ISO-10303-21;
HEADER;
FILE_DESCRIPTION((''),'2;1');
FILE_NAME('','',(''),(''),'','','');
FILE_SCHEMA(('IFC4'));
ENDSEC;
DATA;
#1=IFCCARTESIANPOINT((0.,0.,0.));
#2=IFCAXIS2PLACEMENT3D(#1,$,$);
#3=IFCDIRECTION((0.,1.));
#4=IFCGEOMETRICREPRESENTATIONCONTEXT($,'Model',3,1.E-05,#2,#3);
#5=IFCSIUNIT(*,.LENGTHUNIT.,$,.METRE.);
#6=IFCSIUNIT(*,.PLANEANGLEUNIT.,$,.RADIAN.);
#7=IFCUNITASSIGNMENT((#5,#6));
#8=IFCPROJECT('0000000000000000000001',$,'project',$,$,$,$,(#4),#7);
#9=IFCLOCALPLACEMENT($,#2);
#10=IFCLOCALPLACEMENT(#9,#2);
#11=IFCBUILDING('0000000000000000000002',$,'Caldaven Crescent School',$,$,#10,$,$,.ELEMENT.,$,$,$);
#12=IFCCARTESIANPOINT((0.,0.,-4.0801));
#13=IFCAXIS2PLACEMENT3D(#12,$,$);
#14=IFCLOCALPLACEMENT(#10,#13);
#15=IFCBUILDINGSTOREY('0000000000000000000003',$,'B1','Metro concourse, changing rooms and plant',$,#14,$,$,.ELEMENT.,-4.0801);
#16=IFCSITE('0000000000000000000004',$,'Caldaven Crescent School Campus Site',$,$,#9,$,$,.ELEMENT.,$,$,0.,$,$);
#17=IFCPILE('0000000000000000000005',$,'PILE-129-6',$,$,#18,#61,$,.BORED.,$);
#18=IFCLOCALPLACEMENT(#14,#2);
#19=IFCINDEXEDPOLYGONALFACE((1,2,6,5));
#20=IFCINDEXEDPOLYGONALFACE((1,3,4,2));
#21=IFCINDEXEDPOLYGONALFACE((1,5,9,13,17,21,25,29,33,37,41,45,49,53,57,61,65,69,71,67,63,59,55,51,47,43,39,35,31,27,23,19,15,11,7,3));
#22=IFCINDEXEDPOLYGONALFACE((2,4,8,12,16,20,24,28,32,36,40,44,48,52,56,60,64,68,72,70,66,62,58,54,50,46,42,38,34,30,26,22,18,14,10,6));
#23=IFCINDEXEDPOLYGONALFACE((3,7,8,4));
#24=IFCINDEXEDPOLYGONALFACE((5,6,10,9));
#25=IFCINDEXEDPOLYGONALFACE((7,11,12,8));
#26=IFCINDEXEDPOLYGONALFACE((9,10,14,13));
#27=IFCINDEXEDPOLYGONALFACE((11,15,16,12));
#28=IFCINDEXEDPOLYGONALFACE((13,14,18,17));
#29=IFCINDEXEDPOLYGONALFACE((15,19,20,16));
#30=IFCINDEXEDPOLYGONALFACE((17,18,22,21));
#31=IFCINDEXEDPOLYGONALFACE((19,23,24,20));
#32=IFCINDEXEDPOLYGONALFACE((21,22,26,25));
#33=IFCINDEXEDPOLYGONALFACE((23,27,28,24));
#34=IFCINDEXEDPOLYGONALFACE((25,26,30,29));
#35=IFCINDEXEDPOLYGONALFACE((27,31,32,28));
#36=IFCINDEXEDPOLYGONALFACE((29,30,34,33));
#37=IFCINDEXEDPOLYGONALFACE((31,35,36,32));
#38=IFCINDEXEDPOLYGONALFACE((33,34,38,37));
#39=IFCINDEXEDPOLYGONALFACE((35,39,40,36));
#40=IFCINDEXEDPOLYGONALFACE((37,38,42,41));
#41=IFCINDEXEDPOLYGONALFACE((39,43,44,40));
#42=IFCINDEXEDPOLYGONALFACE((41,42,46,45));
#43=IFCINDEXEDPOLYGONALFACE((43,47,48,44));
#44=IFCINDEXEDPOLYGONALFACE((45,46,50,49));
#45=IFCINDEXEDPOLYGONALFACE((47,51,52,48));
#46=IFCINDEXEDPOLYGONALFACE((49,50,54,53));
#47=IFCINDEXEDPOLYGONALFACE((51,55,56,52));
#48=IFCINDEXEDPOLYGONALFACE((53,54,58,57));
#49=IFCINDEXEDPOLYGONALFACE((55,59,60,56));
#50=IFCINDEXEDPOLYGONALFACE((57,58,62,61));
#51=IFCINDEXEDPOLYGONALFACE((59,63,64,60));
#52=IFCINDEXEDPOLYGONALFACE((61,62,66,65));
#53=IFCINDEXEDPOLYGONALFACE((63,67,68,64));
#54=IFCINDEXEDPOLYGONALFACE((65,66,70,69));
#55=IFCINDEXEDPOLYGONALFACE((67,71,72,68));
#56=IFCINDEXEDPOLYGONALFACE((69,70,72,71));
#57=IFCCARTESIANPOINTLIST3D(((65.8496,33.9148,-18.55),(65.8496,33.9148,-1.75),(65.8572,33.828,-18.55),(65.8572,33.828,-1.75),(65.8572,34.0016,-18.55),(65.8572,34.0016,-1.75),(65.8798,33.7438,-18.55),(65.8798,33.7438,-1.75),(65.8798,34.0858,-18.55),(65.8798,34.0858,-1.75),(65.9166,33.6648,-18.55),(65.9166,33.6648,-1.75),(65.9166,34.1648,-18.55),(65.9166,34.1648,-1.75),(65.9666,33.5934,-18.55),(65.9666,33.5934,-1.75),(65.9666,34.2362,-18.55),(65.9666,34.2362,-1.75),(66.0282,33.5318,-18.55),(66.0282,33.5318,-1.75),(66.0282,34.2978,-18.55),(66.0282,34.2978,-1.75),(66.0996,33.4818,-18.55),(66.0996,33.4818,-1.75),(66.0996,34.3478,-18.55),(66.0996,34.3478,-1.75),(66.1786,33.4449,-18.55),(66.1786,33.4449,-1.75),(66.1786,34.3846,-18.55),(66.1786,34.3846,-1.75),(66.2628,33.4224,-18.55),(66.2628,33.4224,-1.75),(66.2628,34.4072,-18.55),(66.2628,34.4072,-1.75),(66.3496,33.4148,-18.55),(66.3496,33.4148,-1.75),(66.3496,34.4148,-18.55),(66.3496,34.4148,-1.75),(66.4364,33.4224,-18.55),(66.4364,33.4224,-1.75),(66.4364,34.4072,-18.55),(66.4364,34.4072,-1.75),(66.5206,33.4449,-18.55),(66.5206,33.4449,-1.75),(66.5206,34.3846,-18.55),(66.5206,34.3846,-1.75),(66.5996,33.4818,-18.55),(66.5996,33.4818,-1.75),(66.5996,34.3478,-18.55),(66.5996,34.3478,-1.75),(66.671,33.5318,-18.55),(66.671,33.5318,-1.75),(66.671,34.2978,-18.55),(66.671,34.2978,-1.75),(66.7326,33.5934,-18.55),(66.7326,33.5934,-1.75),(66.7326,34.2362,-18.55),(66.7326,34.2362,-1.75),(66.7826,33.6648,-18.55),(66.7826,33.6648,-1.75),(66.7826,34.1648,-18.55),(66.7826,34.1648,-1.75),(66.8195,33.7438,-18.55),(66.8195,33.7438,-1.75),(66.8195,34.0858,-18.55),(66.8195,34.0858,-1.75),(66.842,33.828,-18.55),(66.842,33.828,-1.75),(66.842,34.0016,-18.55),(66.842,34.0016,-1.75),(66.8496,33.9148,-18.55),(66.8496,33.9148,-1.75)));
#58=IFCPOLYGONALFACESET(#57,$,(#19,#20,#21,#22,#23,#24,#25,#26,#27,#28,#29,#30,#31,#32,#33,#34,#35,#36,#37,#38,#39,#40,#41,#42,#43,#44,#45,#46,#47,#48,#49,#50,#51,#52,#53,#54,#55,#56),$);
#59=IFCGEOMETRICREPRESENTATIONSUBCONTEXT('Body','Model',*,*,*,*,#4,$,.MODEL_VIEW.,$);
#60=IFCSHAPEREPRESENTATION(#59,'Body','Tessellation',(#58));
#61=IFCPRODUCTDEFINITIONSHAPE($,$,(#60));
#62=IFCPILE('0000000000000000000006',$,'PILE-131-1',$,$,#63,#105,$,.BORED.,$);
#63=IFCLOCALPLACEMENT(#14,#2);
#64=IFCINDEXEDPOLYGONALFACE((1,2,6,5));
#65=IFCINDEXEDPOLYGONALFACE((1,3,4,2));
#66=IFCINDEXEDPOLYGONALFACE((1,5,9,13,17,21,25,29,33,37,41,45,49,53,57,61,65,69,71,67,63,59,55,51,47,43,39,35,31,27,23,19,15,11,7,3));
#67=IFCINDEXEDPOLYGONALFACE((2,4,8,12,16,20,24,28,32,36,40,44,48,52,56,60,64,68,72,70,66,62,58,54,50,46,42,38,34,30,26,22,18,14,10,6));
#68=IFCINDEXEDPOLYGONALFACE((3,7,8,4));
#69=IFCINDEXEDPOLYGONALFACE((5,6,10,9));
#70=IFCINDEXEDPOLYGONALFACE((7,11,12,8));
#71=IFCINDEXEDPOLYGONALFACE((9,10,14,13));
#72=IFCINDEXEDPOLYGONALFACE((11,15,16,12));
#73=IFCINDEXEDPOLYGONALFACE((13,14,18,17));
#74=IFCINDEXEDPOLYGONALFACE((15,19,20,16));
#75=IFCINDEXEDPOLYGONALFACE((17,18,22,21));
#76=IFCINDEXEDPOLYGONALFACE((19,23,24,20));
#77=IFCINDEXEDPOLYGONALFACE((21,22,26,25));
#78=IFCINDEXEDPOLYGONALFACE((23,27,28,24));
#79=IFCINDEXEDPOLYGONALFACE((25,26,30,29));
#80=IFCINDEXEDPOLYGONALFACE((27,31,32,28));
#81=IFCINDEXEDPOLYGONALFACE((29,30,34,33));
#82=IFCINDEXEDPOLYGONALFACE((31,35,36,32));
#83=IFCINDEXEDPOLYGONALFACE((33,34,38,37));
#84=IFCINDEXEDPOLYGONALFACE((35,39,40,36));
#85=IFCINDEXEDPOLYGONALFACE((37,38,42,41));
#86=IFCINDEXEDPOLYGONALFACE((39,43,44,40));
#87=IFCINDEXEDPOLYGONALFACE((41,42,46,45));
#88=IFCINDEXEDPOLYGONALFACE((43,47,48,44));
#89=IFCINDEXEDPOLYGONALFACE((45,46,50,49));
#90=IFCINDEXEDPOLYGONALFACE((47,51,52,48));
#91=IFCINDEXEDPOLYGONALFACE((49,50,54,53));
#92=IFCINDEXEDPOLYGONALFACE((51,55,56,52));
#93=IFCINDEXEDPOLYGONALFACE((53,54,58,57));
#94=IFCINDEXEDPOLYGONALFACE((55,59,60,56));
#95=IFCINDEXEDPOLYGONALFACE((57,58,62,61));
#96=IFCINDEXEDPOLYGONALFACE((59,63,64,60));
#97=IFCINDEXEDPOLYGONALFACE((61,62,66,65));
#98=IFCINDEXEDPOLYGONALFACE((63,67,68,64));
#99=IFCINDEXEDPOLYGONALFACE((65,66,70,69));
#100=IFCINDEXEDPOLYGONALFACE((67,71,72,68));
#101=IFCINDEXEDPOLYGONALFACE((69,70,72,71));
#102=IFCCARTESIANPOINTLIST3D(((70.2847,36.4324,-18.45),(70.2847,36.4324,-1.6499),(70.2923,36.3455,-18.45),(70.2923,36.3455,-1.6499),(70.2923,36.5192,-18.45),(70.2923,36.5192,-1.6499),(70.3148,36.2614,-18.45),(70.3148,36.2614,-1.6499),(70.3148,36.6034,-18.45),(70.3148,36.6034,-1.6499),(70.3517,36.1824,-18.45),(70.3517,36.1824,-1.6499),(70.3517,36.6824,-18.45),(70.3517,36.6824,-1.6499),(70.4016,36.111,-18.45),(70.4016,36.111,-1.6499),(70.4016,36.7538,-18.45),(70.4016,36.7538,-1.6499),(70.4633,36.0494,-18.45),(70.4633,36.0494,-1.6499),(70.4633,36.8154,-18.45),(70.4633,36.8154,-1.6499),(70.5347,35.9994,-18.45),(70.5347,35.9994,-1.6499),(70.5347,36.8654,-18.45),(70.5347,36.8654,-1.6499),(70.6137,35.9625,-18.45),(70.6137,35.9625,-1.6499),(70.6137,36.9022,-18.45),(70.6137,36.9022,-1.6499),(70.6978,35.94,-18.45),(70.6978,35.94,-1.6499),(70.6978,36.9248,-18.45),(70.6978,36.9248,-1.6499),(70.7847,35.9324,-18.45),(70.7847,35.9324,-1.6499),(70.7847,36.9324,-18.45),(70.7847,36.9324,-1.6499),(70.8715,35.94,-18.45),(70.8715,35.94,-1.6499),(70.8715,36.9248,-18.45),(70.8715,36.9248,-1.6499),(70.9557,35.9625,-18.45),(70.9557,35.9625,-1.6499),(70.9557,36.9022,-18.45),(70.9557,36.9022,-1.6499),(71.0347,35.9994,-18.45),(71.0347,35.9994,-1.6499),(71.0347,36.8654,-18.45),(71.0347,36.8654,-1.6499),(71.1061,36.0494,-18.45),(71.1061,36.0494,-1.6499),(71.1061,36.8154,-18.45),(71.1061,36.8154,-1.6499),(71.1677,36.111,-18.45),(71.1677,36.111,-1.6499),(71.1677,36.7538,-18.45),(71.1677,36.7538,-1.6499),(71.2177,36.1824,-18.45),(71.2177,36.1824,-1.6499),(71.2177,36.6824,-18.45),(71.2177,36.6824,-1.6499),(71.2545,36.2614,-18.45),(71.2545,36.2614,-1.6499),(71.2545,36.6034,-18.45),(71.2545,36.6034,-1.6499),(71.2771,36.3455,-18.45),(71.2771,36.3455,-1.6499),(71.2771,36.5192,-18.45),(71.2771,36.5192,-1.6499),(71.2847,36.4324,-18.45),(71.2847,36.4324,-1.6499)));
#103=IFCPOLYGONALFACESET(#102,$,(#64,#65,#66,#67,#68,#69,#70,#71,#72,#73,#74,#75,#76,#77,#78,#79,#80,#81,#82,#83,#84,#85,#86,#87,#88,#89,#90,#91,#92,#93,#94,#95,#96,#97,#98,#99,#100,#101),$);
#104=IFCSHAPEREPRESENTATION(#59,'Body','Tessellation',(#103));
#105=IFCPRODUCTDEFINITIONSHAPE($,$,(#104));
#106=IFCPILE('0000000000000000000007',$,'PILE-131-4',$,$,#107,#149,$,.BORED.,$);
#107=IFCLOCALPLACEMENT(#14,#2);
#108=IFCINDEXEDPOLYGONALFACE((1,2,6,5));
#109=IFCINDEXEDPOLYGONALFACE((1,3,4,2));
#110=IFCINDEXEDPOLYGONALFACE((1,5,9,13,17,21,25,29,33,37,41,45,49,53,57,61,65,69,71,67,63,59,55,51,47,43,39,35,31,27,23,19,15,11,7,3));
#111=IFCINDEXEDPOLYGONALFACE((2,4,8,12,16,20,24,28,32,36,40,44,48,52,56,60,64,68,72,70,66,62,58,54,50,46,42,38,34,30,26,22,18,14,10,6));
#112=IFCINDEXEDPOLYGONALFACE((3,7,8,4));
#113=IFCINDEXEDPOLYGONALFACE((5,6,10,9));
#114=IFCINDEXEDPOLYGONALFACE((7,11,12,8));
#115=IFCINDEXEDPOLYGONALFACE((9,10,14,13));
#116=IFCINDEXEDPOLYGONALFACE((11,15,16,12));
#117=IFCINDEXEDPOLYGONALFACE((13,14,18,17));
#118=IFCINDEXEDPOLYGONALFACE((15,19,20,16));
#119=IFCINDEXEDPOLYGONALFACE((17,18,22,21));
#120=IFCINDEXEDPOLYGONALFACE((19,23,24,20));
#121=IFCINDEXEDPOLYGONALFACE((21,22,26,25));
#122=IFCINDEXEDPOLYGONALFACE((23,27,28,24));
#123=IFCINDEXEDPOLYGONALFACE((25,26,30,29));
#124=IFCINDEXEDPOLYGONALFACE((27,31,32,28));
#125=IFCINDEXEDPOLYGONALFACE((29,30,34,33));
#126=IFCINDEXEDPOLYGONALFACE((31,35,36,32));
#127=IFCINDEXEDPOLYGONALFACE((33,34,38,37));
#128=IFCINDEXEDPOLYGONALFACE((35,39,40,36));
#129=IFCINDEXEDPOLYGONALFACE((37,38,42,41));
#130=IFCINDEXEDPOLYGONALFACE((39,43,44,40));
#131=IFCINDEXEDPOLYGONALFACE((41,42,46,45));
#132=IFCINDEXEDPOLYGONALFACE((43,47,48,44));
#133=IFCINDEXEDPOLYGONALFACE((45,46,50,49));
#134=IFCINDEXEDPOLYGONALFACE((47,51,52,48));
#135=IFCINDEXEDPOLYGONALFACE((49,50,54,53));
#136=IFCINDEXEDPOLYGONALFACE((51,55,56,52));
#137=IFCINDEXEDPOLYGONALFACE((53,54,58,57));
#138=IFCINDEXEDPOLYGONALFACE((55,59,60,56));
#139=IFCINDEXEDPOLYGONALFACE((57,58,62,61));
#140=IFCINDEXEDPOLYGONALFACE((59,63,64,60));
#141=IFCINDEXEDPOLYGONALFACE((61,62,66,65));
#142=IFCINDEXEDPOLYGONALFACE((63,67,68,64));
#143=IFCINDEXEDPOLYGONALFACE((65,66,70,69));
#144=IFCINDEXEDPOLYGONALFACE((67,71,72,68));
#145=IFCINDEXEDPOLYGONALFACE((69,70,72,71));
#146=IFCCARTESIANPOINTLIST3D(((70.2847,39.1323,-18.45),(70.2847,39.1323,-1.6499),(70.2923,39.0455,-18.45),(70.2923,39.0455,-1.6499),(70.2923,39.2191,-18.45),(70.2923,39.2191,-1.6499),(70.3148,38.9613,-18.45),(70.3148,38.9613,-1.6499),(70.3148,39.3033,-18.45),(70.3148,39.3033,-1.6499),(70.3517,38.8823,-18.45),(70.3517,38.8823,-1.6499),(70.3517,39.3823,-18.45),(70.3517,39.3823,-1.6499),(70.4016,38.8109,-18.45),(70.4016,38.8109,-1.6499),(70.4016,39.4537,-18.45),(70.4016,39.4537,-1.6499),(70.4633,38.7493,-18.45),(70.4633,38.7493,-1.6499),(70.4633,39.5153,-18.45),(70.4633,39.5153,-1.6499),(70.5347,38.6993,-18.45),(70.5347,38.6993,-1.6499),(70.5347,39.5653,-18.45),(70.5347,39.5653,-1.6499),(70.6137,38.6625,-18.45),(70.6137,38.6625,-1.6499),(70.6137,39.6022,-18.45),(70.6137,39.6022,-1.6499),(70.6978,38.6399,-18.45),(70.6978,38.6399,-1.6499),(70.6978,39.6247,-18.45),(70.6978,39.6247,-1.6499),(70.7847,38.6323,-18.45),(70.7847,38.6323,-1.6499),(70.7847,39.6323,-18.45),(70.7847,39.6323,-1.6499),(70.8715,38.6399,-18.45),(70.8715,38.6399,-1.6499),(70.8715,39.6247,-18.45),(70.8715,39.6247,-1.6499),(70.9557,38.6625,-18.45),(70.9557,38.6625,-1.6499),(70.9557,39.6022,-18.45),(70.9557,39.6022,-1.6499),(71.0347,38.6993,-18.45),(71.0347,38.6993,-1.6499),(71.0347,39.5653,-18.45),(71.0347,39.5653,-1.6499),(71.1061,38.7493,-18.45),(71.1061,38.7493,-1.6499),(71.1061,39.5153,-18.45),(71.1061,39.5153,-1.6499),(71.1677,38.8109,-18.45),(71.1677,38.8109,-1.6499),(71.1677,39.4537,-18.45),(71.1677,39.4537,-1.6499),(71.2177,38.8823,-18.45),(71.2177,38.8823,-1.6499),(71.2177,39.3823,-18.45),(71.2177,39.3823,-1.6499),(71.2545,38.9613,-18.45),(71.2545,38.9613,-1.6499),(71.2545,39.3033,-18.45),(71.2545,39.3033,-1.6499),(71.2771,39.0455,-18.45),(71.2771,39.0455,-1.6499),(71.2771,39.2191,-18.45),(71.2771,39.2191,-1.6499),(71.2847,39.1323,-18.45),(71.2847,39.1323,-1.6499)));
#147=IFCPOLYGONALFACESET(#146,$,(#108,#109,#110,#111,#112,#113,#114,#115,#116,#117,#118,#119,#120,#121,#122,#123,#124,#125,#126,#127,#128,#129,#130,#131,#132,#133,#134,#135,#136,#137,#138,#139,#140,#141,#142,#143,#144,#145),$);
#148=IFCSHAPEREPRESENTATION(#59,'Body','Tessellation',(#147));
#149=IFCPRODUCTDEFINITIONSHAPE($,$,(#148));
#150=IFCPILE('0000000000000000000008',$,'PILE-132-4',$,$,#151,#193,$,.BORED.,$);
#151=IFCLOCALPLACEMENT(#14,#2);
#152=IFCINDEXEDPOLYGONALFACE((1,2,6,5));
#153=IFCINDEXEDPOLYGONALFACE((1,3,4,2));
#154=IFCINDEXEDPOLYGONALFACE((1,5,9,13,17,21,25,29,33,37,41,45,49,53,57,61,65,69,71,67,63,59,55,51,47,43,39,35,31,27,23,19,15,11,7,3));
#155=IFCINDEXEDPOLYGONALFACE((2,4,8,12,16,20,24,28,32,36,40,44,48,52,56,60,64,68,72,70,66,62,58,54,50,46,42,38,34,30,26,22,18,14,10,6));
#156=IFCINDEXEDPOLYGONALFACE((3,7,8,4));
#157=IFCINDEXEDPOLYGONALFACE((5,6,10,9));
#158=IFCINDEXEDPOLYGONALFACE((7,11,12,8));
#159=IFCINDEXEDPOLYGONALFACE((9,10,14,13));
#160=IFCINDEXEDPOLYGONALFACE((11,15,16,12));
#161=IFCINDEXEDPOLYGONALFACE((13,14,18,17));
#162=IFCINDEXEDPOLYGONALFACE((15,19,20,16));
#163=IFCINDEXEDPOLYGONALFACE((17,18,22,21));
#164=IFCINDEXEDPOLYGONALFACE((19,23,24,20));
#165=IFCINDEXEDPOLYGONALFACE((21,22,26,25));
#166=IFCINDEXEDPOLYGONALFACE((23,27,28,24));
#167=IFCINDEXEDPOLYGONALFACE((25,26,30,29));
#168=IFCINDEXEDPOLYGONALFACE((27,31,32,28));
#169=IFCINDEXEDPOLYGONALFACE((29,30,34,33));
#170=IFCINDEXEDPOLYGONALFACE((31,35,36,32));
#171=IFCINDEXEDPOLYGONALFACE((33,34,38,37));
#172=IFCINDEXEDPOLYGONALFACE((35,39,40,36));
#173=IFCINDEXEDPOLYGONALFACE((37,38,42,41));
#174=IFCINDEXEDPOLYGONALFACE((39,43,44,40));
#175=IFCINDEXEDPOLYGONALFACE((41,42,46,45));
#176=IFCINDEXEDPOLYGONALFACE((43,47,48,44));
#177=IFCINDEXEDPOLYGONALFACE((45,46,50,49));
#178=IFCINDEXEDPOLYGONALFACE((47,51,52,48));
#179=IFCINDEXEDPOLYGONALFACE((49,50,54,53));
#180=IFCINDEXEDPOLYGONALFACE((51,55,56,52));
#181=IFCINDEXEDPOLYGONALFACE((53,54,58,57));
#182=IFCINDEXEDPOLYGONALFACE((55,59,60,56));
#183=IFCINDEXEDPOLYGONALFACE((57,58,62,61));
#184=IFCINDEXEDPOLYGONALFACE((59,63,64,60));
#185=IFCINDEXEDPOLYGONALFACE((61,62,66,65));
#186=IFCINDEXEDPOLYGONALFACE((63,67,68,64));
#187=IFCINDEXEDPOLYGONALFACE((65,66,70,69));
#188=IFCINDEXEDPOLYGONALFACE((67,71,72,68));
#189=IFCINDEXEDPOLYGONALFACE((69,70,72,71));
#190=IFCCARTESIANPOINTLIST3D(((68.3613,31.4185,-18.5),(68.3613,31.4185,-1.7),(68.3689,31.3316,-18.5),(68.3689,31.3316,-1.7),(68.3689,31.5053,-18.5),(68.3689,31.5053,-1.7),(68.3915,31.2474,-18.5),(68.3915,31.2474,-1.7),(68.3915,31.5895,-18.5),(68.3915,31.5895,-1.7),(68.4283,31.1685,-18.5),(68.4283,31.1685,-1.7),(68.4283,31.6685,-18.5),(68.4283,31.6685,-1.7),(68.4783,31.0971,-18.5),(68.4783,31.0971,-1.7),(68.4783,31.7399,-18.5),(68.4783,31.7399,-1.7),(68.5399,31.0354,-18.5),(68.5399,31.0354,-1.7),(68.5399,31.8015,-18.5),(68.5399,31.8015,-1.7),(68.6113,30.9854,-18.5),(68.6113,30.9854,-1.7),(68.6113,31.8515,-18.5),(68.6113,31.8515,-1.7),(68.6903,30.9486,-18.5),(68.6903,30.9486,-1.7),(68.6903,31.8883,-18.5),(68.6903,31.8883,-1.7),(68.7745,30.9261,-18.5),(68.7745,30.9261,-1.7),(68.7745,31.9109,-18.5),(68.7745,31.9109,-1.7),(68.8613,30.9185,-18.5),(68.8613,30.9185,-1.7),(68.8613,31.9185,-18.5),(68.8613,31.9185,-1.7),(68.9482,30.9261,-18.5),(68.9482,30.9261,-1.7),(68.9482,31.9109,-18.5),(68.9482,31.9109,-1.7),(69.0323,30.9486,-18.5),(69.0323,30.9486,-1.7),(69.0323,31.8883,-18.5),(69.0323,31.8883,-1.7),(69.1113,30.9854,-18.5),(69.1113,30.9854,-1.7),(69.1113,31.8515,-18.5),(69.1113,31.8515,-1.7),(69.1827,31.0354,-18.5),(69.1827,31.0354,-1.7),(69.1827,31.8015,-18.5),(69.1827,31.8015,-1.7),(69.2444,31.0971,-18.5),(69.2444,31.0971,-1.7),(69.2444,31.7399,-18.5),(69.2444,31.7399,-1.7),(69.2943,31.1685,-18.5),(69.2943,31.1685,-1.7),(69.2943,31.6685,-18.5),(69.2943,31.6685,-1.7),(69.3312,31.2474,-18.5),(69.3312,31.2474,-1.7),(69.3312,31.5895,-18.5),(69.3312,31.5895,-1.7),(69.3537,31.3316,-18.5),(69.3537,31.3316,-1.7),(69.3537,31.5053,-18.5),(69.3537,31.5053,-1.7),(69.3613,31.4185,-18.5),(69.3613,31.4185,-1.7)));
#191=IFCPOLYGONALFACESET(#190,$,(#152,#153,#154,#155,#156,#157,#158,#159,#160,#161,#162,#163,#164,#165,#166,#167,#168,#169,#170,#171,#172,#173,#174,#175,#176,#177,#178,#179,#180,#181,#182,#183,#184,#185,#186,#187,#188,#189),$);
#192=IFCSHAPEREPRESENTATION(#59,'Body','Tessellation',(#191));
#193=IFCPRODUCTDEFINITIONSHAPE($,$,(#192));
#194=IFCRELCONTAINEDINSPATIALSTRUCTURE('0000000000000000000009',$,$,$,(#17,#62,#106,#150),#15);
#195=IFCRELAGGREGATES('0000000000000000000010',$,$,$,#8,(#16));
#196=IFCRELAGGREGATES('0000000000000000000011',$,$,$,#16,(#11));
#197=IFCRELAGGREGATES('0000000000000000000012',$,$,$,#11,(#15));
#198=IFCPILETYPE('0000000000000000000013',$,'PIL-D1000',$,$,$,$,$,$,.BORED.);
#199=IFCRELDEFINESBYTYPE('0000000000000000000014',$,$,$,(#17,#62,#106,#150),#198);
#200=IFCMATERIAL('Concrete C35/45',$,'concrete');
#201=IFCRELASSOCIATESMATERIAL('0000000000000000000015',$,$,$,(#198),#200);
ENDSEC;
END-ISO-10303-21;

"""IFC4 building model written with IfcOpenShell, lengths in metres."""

from ifc_helpers import new_model, si_unit, direction, frame, origin, origin_2d, place, context, subcontext, project, spatial, circle, extrude, material, material_profile, profile_set, type_object, element, save


model = new_model("IFC4")

# Units and contexts
model_context = context("Model", 3, precision=1e-05, world=origin(), true_north=direction((0.0, 1.0)))
body_context = subcontext(model_context, "Body", "Model", "MODEL_VIEW")
ifc_project = project(units=[si_unit("LENGTHUNIT", "METRE"), si_unit("PLANEANGLEUNIT", "RADIAN")], contexts=[model_context])

# Site, building, storey
site_placement = place(None, origin())
site = spatial("IfcSite", under=ifc_project, at=site_placement, Name="Caldaven Crescent School Campus Site", CompositionType="ELEMENT", RefElevation=0.0)
building_placement = place(site_placement, origin())
building = spatial("IfcBuilding", under=site, at=building_placement, Name="Caldaven Crescent School", CompositionType="ELEMENT")
storey_placement = place(building_placement, frame((0.0, 0.0, -4.0801)))
storey = spatial("IfcBuildingStorey", under=building, at=storey_placement, Name="B1", Description="Metro concourse, changing rooms and plant", CompositionType="ELEMENT", Elevation=-4.0801)

# Shared definitions
ifc_material_1 = material(Name="Concrete C35/45", Category="concrete")

# Piles
ifc_material_profile_1 = material_profile(ifc_material_1, circle(Radius=0.5, at=origin_2d()), Name="PILE D1000")
ifc_profile_set_1 = profile_set([ifc_material_profile_1], Name="Concrete C35/45")
pile_type = type_object("IfcPileType", Name="PIL-D1000", PredefinedType="BORED", material=ifc_profile_set_1)
for number, where, z_axis, x_axis, name in (
    (1, (66.3496, 33.9148, -1.75), (0.0, 0.0, -1.0), (1.0, 0.0, 0.0), "PILE-129-6"),
    (2, (70.7847, 36.4324, -1.6499), (0.0, 0.0, -1.0), (1.0, 0.0, 0.0), "PILE-131-1"),
    (3, (70.7847, 39.1323, -1.6499), (0.0, 0.0, -1.0), (1.0, 0.0, 0.0), "PILE-131-4"),
    (4, (68.8613, 31.4185, -1.7), (0.0, 0.0, -1.0), (1.0, 0.0, 0.0), "PILE-132-4"),
):
    element("IfcPile", number, at=place(storey_placement, frame(where, z_axis=z_axis, x_axis=x_axis)), inside=storey, type_object=pile_type, Name=name, PredefinedType="BORED", context=body_context, shape_type="SweptSolid", body=[
        extrude(circle(Radius=0.5, at=origin_2d()), origin(), (0.0, 0.0, 1.0), 16.8),
    ])

save(model, "model.ifc")
